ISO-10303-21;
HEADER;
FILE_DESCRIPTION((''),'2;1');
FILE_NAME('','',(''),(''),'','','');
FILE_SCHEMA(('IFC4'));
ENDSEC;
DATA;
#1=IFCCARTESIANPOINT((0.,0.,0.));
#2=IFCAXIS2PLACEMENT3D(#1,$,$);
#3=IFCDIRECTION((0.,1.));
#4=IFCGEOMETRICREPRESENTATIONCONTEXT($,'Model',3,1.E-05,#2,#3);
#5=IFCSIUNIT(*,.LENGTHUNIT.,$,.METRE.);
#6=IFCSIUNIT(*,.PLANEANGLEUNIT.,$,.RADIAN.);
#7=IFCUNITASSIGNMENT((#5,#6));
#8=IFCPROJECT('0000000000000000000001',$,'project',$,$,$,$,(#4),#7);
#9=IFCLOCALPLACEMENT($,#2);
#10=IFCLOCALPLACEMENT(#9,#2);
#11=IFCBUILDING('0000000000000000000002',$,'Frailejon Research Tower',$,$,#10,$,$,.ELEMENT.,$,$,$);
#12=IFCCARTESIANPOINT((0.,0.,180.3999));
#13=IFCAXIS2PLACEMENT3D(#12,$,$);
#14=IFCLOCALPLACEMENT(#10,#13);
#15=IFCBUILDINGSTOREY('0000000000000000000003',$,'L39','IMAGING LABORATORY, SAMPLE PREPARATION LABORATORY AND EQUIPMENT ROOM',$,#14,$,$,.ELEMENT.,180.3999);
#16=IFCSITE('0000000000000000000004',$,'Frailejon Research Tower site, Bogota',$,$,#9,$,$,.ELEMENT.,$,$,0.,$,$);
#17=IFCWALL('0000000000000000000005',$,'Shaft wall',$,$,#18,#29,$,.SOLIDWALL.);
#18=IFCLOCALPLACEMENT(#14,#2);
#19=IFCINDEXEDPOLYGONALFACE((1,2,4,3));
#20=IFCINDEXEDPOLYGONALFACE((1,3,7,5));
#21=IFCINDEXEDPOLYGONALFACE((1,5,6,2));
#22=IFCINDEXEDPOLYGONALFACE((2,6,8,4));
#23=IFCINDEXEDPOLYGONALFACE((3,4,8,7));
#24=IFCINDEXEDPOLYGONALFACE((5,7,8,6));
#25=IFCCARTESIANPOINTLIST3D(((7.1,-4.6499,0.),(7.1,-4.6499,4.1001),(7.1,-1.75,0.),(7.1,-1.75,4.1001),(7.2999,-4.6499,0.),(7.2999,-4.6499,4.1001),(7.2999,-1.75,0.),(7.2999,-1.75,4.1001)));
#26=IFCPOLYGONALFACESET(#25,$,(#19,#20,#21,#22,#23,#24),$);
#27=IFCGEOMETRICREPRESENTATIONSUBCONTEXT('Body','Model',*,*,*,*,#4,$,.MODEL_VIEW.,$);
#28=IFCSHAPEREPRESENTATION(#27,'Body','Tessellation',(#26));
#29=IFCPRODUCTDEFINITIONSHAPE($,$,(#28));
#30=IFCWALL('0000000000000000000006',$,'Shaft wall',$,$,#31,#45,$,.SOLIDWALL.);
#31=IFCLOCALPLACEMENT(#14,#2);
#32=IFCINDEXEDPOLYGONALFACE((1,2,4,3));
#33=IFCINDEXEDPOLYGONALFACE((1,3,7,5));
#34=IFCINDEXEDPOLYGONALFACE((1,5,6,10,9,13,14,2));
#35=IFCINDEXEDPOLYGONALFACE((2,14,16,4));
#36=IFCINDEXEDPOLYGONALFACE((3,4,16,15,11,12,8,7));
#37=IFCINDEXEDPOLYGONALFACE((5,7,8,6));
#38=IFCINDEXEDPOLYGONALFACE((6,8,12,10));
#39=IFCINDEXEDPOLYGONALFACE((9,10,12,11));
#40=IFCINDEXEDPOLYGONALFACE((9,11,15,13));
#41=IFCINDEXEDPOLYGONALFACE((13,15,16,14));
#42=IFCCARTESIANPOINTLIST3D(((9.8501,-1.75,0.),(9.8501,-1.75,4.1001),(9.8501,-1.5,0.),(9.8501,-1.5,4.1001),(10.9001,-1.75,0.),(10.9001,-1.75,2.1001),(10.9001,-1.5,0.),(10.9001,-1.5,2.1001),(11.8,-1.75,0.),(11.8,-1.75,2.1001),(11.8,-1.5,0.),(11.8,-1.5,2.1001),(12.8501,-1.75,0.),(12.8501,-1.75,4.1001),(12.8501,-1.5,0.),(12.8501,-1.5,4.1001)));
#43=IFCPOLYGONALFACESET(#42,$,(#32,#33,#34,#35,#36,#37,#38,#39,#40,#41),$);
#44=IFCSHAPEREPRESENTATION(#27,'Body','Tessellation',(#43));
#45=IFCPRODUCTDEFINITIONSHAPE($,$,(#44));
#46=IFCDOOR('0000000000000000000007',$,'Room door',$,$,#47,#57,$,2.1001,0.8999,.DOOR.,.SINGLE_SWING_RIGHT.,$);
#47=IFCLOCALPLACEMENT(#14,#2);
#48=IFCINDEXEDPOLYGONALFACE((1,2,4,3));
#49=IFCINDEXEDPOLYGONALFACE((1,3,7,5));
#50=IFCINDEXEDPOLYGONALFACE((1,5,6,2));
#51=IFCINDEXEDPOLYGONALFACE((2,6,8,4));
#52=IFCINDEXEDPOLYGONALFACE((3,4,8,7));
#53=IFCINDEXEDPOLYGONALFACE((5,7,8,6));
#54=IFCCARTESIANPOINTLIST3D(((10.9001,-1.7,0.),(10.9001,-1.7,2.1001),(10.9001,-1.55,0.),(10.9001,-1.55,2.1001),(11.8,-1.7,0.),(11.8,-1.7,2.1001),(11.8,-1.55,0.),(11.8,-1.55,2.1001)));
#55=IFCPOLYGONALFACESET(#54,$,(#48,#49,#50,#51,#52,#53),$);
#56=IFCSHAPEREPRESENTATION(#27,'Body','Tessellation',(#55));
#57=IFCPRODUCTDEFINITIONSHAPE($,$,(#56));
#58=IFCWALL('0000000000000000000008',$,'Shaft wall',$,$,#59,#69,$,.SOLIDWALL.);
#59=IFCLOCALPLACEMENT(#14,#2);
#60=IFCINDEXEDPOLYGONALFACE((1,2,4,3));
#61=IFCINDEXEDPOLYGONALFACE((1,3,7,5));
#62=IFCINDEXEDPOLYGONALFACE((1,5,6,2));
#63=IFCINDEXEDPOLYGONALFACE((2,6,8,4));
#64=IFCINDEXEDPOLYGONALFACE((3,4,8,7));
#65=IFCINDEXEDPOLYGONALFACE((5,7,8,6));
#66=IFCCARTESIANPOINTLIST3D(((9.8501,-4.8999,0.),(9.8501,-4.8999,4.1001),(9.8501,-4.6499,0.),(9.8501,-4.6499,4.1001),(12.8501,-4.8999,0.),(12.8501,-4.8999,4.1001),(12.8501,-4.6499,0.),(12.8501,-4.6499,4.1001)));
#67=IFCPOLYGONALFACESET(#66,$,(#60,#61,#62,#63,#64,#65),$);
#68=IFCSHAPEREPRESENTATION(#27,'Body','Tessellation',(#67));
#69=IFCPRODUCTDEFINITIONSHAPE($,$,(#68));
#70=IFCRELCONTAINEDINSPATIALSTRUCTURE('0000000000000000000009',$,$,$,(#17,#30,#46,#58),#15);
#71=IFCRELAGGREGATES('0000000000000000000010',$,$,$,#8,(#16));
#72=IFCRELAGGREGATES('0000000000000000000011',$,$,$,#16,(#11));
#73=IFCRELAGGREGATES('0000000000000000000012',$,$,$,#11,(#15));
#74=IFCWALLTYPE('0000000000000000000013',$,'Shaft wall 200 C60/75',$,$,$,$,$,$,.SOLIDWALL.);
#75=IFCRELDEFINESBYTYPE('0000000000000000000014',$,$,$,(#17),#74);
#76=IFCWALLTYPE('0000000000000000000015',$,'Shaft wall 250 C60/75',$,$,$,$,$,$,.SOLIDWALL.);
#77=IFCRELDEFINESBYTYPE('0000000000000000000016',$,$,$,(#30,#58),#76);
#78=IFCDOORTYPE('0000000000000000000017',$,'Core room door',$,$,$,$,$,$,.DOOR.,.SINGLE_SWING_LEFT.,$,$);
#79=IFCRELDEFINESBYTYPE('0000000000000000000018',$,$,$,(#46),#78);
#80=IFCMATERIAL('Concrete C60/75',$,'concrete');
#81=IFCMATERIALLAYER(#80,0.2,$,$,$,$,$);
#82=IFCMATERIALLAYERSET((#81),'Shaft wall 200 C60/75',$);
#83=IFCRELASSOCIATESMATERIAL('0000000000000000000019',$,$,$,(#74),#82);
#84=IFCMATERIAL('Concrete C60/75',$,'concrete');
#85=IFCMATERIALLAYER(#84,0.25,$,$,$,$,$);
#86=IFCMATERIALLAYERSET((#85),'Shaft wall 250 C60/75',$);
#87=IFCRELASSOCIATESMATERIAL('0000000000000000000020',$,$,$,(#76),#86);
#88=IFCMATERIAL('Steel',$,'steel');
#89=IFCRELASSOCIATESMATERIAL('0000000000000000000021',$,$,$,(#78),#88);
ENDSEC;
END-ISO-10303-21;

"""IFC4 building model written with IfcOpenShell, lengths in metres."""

from ifc_helpers import new_model, si_unit, direction, frame, frame_2d, origin, place, context, subcontext, project, spatial, rectangle, extrude, material, layer, layer_set, type_object, element, fill, save


model = new_model("IFC4")

# Units and contexts
model_context = context("Model", 3, precision=1e-05, world=origin(), true_north=direction((0.0, 1.0)))
body_context = subcontext(model_context, "Body", "Model", "MODEL_VIEW")
ifc_project = project(units=[si_unit("LENGTHUNIT", "METRE"), si_unit("PLANEANGLEUNIT", "RADIAN")], contexts=[model_context])

# Site, building, storey
site_placement = place(None, origin())
site = spatial("IfcSite", under=ifc_project, at=site_placement, Name="Frailejon Research Tower site, Bogota", CompositionType="ELEMENT", RefElevation=0.0)
building_placement = place(site_placement, origin())
building = spatial("IfcBuilding", under=site, at=building_placement, Name="Frailejon Research Tower", CompositionType="ELEMENT")
storey_placement = place(building_placement, frame((0.0, 0.0, 180.3999)))
storey = spatial("IfcBuildingStorey", under=building, at=storey_placement, Name="L39", Description="IMAGING LABORATORY, SAMPLE PREPARATION LABORATORY AND EQUIPMENT ROOM", CompositionType="ELEMENT", Elevation=180.3999)

# Wall
ifc_material_1 = material(Name="Concrete C60/75", Category="concrete")
ifc_layer_1 = layer(ifc_material_1, 0.2)
ifc_layer_set_1 = layer_set([ifc_layer_1], Name="Shaft wall 200 C60/75")
wall_type_1 = type_object("IfcWallType", Name="Shaft wall 200 C60/75", PredefinedType="SOLIDWALL", material=ifc_layer_set_1)
for number, where, z_axis, x_axis, name in (
    (1, (7.2, -4.6499, 0.0), (0.0, 0.0, 1.0), (0.0, 1.0, 0.0), "Shaft wall"),
):
    element("IfcWall", number, at=place(storey_placement, frame(where, z_axis=z_axis, x_axis=x_axis)), inside=storey, type_object=wall_type_1, Name=name, PredefinedType="SOLIDWALL", context=body_context, shape_type="SweptSolid", body=[
        extrude(rectangle(XDim=2.8999, YDim=0.2, at=frame_2d((1.45, 0.0))), origin(), (0.0, 0.0, 1.0), 4.1001),
    ])

# Wall, opening, door
ifc_material_2 = material(Name="Concrete C60/75", Category="concrete")
ifc_layer_2 = layer(ifc_material_2, 0.25)
ifc_layer_set_2 = layer_set([ifc_layer_2], Name="Shaft wall 250 C60/75")
wall_type_2 = type_object("IfcWallType", Name="Shaft wall 250 C60/75", PredefinedType="SOLIDWALL", material=ifc_layer_set_2)
wall_1_placement = place(storey_placement, frame((9.8501, -1.625, 0.0), z_axis=(0.0, 0.0, 1.0), x_axis=(1.0, 0.0, 0.0)))
wall_1 = element("IfcWall", 2, at=wall_1_placement, inside=storey, type_object=wall_type_2, Name="Shaft wall", PredefinedType="SOLIDWALL", context=body_context, shape_type="SweptSolid", body=[
    extrude(rectangle(XDim=3.0, YDim=0.25, at=frame_2d((1.5, 0.0))), origin(), (0.0, 0.0, 1.0), 4.1001),
])
opening_1_placement = place(wall_1_placement, frame((1.05, 0.0, 0.0)))
opening_1 = element("IfcOpeningElement", 3, at=opening_1_placement, cuts=wall_1, PredefinedType="OPENING", context=body_context, shape_type="SweptSolid", body=[
    extrude(rectangle(XDim=0.8999, YDim=2.1001, at=frame_2d((0.45, 1.05))), frame((0.0, 0.135, 0.0), z_axis=(0.0, -1.0, 0.0), x_axis=(1.0, 0.0, 0.0)), (0.0, 0.0, 1.0), 0.27),
])
ifc_material_3 = material(Name="Steel", Category="steel")
door_type_1 = type_object("IfcDoorType", Name="Core room door", OperationType="SINGLE_SWING_LEFT", PredefinedType="DOOR", material=ifc_material_3)
door_1_placement = place(opening_1_placement, origin())
door_1 = element("IfcDoor", 4, at=door_1_placement, inside=storey, type_object=door_type_1, Name="Room door", OperationType="SINGLE_SWING_RIGHT", OverallHeight=2.1001, OverallWidth=0.8999, PredefinedType="DOOR", context=body_context, shape_type="SweptSolid", body=[
    extrude(rectangle(XDim=0.8999, YDim=2.1001, at=frame_2d((0.45, 1.05))), frame((0.0, 0.075, 0.0), z_axis=(0.0, -1.0, 0.0), x_axis=(1.0, 0.0, 0.0)), (0.0, 0.0, 1.0), 0.1499),
])
fill(opening_1, door_1)

# Wall
wall_2_placement = place(storey_placement, frame((9.8501, -4.7749, 0.0), z_axis=(0.0, 0.0, 1.0), x_axis=(1.0, 0.0, 0.0)))
element("IfcWall", 5, at=wall_2_placement, inside=storey, type_object=wall_type_2, Name="Shaft wall", PredefinedType="SOLIDWALL", context=body_context, shape_type="SweptSolid", body=[
    extrude(rectangle(XDim=3.0, YDim=0.25, at=frame_2d((1.5, 0.0))), origin(), (0.0, 0.0, 1.0), 4.1001),
])

save(model, "model.ifc")
